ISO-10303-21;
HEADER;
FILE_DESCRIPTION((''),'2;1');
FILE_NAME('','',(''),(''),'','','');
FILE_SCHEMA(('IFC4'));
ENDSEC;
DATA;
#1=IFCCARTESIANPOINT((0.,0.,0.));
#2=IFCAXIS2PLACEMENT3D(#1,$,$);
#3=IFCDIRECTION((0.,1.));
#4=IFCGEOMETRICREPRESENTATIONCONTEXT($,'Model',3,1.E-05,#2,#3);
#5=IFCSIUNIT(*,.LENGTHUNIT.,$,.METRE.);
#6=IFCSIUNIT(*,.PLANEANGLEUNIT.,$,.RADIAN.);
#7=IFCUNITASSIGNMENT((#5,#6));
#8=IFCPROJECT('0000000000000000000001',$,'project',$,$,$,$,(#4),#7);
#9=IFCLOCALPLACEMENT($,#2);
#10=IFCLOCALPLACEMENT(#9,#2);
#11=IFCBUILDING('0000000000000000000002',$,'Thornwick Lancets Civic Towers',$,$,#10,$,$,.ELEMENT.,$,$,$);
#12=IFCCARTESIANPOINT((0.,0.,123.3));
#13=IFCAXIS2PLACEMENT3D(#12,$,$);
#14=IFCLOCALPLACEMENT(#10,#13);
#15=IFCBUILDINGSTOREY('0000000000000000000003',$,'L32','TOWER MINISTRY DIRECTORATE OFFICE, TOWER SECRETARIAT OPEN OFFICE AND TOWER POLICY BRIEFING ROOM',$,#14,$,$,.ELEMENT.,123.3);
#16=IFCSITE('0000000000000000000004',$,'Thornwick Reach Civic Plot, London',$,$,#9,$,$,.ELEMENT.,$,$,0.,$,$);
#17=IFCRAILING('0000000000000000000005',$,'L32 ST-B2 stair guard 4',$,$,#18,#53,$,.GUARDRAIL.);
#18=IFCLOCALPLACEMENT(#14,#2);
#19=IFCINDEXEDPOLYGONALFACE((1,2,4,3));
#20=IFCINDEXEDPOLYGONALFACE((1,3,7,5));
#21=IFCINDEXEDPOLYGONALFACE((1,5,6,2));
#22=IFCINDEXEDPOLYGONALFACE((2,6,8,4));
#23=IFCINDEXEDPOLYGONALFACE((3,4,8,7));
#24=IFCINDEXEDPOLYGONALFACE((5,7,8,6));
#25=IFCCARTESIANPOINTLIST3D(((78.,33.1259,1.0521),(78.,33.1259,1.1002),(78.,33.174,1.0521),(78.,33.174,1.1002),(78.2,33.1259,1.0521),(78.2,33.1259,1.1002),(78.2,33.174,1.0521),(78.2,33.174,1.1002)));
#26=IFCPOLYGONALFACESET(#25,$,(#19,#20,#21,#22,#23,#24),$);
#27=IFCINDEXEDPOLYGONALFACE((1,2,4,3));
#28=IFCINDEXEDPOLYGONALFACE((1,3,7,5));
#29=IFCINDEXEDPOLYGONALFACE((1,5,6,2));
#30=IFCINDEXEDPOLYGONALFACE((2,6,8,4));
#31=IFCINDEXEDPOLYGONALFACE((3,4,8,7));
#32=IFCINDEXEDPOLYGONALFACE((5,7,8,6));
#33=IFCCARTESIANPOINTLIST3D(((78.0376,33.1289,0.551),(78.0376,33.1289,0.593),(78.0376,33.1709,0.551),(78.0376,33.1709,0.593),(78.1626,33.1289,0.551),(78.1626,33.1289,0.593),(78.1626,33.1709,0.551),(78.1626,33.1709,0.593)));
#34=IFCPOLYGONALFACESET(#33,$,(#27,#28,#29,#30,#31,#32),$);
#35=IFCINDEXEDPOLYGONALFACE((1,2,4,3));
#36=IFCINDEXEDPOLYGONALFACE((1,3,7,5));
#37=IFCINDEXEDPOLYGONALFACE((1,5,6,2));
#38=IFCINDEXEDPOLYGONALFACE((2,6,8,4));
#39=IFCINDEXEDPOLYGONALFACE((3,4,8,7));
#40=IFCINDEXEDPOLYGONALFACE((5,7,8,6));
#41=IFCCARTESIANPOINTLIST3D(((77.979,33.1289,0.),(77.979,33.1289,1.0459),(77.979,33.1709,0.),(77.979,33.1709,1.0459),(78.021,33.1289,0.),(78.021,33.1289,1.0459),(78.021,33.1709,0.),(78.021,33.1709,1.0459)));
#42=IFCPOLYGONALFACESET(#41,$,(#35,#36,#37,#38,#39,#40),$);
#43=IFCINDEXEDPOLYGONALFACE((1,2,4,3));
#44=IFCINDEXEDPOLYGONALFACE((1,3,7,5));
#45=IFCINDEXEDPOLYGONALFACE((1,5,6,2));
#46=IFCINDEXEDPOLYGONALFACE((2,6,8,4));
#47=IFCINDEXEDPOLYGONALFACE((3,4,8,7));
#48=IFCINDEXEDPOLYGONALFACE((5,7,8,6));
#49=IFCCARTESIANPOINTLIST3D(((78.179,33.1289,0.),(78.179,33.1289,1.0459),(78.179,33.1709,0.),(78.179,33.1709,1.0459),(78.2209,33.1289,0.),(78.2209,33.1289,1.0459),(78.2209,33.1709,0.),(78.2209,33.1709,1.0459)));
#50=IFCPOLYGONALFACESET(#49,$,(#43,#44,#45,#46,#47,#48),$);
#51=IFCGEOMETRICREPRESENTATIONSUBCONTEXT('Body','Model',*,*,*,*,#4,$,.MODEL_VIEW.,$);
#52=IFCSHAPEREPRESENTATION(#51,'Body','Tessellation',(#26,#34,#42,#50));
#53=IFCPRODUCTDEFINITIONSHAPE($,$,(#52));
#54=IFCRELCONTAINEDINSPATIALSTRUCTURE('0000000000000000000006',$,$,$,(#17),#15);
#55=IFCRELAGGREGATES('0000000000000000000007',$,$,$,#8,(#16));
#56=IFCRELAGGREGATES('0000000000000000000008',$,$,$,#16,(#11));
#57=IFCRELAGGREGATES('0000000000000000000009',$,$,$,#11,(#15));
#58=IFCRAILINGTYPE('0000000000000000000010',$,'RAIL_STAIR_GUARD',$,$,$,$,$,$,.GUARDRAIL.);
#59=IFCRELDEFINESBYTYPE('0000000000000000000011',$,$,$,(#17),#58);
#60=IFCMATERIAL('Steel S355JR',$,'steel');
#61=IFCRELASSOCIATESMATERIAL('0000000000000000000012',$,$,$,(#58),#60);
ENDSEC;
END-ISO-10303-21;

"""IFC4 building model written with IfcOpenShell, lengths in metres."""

from ifc_helpers import new_model, si_unit, direction, frame, origin, origin_2d, place, context, subcontext, project, spatial, rectangle, extrude, material, type_object, element, save


model = new_model("IFC4")

# Units and contexts
model_context = context("Model", 3, precision=1e-05, world=origin(), true_north=direction((0.0, 1.0)))
body_context = subcontext(model_context, "Body", "Model", "MODEL_VIEW")
ifc_project = project(units=[si_unit("LENGTHUNIT", "METRE"), si_unit("PLANEANGLEUNIT", "RADIAN")], contexts=[model_context])

# Site, building, storey
site_placement = place(None, origin())
site = spatial("IfcSite", under=ifc_project, at=site_placement, Name="Thornwick Reach Civic Plot, London", CompositionType="ELEMENT", RefElevation=0.0)
building_placement = place(site_placement, origin())
building = spatial("IfcBuilding", under=site, at=building_placement, Name="Thornwick Lancets Civic Towers", CompositionType="ELEMENT")
storey_placement = place(building_placement, frame((0.0, 0.0, 123.3)))
storey = spatial("IfcBuildingStorey", under=building, at=storey_placement, Name="L32", Description="TOWER MINISTRY DIRECTORATE OFFICE, TOWER SECRETARIAT OPEN OFFICE AND TOWER POLICY BRIEFING ROOM", CompositionType="ELEMENT", Elevation=123.3)

# Shared definitions
ifc_material_1 = material(Name="Steel S355JR", Category="steel")

# Railing
railing_type_1 = type_object("IfcRailingType", Name="RAIL_STAIR_GUARD", PredefinedType="GUARDRAIL", material=ifc_material_1)
railing_1_placement = place(storey_placement, frame((78.0, 33.1499, 0.0)))
element("IfcRailing", 1, at=railing_1_placement, inside=storey, type_object=railing_type_1, Name="L32 ST-B2 stair guard 4", PredefinedType="GUARDRAIL", context=body_context, shape_type="SweptSolid", body=[
    extrude(rectangle(XDim=0.0481, YDim=0.0481, at=origin_2d()), frame((0.0, 0.0, 1.0762), z_axis=(1.0, 0.0, 0.0), x_axis=(0.0, 1.0, 0.0)), (0.0, 0.0, 1.0), 0.2),
    extrude(rectangle(XDim=0.042, YDim=0.042, at=origin_2d()), frame((0.0376, 0.0, 0.572), z_axis=(1.0, 0.0, 0.0), x_axis=(0.0, 1.0, 0.0)), (0.0, 0.0, 1.0), 0.125),
    extrude(rectangle(XDim=0.042, YDim=0.042, at=origin_2d()), origin(), (0.0, 0.0, 1.0), 1.0459),
    extrude(rectangle(XDim=0.042, YDim=0.042, at=origin_2d()), frame((0.2, 0.0, 0.0)), (0.0, 0.0, 1.0), 1.0459),
])

save(model, "model.ifc")
